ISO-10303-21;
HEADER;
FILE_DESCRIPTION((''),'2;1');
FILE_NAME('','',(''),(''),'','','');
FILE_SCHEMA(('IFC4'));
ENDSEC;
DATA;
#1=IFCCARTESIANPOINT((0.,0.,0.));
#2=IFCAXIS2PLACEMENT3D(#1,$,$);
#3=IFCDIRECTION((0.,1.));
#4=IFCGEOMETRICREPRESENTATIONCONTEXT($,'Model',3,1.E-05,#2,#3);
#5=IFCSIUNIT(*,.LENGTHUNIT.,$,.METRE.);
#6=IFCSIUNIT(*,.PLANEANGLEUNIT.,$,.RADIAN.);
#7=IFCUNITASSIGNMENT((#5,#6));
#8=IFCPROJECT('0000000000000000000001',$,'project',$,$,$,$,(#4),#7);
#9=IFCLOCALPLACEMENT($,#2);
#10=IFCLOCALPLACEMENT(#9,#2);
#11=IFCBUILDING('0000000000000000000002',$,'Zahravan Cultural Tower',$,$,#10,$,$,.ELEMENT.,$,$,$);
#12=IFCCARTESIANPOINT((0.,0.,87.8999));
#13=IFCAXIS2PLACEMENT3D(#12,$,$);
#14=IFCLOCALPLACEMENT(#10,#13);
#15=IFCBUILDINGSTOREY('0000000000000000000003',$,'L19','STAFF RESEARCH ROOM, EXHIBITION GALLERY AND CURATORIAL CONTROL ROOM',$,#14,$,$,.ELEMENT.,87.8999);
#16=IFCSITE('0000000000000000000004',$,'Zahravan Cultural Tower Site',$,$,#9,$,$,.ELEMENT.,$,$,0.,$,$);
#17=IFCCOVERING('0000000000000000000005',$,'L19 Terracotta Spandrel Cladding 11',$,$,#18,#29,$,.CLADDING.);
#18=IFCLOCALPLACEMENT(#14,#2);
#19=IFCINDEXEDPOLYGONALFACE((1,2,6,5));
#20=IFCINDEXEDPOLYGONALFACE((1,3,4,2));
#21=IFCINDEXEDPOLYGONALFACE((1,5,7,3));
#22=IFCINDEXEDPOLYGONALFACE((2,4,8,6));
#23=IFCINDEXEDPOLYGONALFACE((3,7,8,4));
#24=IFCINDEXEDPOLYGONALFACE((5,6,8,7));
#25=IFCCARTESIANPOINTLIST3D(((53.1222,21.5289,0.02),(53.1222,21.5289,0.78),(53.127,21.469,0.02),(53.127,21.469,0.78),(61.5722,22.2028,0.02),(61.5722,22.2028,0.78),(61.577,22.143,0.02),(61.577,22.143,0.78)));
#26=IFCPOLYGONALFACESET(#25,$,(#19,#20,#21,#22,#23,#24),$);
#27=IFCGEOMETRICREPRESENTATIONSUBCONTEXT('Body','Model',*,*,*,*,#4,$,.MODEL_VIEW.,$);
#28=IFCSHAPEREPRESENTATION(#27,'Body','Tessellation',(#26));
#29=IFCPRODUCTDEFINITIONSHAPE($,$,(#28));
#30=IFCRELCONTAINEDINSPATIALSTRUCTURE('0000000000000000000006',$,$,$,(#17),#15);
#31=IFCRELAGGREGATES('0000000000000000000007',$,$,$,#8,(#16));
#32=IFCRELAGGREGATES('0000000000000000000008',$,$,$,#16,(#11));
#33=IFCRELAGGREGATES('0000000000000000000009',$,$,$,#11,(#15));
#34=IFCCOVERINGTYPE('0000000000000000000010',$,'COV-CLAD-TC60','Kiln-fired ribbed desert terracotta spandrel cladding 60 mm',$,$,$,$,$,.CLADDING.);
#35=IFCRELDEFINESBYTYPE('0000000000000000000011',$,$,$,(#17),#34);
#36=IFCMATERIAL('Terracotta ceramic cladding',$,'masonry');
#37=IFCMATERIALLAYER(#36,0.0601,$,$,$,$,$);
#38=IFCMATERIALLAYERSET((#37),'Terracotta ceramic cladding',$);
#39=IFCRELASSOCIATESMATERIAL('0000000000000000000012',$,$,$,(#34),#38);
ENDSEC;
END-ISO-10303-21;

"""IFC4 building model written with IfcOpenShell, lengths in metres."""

from ifc_helpers import new_model, si_unit, direction, frame, origin, origin_2d, place, context, subcontext, project, spatial, rectangle, extrude, source, transform, mapped, material, layer, layer_set, type_object, element, save


model = new_model("IFC4")

# Units and contexts
model_context = context("Model", 3, precision=1e-05, world=origin(), true_north=direction((0.0, 1.0)))
body_context = subcontext(model_context, "Body", "Model", "MODEL_VIEW")
ifc_project = project(units=[si_unit("LENGTHUNIT", "METRE"), si_unit("PLANEANGLEUNIT", "RADIAN")], contexts=[model_context])

# Site, building, storey
site_placement = place(None, origin())
site = spatial("IfcSite", under=ifc_project, at=site_placement, Name="Zahravan Cultural Tower Site", CompositionType="ELEMENT", RefElevation=0.0)
building_placement = place(site_placement, origin())
building = spatial("IfcBuilding", under=site, at=building_placement, Name="Zahravan Cultural Tower", CompositionType="ELEMENT")
storey_placement = place(building_placement, frame((0.0, 0.0, 87.8999)))
storey = spatial("IfcBuildingStorey", under=building, at=storey_placement, Name="L19", Description="STAFF RESEARCH ROOM, EXHIBITION GALLERY AND CURATORIAL CONTROL ROOM", CompositionType="ELEMENT", Elevation=87.8999)

# Covering
ifc_material_1 = material(Name="Terracotta ceramic cladding", Category="masonry")
ifc_layer_1 = layer(ifc_material_1, 0.0601)
ifc_layer_set_1 = layer_set([ifc_layer_1], Name="Terracotta ceramic cladding")
covering_type = type_object("IfcCoveringType", Name="COV-CLAD-TC60", Description="Kiln-fired ribbed desert terracotta spandrel cladding 60 mm", PredefinedType="CLADDING", material=ifc_layer_set_1)
shared_shape_1 = source(origin(), body_context, "Body", "SweptSolid", [
    extrude(rectangle(XDim=8.4768, YDim=0.0601, at=origin_2d()), origin(), (0.0, 0.0, 1.0), 0.76),
])
covering_placement = place(storey_placement, frame((57.3496, 21.8359, 0.02), z_axis=(0.0, 0.0, 1.0), x_axis=(-0.996835, -0.079503, 0.0)))
element("IfcCovering", 1, at=covering_placement, inside=storey, type_object=covering_type, Name="L19 Terracotta Spandrel Cladding 11", PredefinedType="CLADDING", context=body_context, shape_type="MappedRepresentation", body=[
    mapped(shared_shape_1, transform((0.0, 0.0, 0.0), x_axis=(1.0, 0.0, 0.0), y_axis=(0.0, 1.0, 0.0), z_axis=(0.0, 0.0, 1.0), scale=1.0)),
])

save(model, "model.ifc")
